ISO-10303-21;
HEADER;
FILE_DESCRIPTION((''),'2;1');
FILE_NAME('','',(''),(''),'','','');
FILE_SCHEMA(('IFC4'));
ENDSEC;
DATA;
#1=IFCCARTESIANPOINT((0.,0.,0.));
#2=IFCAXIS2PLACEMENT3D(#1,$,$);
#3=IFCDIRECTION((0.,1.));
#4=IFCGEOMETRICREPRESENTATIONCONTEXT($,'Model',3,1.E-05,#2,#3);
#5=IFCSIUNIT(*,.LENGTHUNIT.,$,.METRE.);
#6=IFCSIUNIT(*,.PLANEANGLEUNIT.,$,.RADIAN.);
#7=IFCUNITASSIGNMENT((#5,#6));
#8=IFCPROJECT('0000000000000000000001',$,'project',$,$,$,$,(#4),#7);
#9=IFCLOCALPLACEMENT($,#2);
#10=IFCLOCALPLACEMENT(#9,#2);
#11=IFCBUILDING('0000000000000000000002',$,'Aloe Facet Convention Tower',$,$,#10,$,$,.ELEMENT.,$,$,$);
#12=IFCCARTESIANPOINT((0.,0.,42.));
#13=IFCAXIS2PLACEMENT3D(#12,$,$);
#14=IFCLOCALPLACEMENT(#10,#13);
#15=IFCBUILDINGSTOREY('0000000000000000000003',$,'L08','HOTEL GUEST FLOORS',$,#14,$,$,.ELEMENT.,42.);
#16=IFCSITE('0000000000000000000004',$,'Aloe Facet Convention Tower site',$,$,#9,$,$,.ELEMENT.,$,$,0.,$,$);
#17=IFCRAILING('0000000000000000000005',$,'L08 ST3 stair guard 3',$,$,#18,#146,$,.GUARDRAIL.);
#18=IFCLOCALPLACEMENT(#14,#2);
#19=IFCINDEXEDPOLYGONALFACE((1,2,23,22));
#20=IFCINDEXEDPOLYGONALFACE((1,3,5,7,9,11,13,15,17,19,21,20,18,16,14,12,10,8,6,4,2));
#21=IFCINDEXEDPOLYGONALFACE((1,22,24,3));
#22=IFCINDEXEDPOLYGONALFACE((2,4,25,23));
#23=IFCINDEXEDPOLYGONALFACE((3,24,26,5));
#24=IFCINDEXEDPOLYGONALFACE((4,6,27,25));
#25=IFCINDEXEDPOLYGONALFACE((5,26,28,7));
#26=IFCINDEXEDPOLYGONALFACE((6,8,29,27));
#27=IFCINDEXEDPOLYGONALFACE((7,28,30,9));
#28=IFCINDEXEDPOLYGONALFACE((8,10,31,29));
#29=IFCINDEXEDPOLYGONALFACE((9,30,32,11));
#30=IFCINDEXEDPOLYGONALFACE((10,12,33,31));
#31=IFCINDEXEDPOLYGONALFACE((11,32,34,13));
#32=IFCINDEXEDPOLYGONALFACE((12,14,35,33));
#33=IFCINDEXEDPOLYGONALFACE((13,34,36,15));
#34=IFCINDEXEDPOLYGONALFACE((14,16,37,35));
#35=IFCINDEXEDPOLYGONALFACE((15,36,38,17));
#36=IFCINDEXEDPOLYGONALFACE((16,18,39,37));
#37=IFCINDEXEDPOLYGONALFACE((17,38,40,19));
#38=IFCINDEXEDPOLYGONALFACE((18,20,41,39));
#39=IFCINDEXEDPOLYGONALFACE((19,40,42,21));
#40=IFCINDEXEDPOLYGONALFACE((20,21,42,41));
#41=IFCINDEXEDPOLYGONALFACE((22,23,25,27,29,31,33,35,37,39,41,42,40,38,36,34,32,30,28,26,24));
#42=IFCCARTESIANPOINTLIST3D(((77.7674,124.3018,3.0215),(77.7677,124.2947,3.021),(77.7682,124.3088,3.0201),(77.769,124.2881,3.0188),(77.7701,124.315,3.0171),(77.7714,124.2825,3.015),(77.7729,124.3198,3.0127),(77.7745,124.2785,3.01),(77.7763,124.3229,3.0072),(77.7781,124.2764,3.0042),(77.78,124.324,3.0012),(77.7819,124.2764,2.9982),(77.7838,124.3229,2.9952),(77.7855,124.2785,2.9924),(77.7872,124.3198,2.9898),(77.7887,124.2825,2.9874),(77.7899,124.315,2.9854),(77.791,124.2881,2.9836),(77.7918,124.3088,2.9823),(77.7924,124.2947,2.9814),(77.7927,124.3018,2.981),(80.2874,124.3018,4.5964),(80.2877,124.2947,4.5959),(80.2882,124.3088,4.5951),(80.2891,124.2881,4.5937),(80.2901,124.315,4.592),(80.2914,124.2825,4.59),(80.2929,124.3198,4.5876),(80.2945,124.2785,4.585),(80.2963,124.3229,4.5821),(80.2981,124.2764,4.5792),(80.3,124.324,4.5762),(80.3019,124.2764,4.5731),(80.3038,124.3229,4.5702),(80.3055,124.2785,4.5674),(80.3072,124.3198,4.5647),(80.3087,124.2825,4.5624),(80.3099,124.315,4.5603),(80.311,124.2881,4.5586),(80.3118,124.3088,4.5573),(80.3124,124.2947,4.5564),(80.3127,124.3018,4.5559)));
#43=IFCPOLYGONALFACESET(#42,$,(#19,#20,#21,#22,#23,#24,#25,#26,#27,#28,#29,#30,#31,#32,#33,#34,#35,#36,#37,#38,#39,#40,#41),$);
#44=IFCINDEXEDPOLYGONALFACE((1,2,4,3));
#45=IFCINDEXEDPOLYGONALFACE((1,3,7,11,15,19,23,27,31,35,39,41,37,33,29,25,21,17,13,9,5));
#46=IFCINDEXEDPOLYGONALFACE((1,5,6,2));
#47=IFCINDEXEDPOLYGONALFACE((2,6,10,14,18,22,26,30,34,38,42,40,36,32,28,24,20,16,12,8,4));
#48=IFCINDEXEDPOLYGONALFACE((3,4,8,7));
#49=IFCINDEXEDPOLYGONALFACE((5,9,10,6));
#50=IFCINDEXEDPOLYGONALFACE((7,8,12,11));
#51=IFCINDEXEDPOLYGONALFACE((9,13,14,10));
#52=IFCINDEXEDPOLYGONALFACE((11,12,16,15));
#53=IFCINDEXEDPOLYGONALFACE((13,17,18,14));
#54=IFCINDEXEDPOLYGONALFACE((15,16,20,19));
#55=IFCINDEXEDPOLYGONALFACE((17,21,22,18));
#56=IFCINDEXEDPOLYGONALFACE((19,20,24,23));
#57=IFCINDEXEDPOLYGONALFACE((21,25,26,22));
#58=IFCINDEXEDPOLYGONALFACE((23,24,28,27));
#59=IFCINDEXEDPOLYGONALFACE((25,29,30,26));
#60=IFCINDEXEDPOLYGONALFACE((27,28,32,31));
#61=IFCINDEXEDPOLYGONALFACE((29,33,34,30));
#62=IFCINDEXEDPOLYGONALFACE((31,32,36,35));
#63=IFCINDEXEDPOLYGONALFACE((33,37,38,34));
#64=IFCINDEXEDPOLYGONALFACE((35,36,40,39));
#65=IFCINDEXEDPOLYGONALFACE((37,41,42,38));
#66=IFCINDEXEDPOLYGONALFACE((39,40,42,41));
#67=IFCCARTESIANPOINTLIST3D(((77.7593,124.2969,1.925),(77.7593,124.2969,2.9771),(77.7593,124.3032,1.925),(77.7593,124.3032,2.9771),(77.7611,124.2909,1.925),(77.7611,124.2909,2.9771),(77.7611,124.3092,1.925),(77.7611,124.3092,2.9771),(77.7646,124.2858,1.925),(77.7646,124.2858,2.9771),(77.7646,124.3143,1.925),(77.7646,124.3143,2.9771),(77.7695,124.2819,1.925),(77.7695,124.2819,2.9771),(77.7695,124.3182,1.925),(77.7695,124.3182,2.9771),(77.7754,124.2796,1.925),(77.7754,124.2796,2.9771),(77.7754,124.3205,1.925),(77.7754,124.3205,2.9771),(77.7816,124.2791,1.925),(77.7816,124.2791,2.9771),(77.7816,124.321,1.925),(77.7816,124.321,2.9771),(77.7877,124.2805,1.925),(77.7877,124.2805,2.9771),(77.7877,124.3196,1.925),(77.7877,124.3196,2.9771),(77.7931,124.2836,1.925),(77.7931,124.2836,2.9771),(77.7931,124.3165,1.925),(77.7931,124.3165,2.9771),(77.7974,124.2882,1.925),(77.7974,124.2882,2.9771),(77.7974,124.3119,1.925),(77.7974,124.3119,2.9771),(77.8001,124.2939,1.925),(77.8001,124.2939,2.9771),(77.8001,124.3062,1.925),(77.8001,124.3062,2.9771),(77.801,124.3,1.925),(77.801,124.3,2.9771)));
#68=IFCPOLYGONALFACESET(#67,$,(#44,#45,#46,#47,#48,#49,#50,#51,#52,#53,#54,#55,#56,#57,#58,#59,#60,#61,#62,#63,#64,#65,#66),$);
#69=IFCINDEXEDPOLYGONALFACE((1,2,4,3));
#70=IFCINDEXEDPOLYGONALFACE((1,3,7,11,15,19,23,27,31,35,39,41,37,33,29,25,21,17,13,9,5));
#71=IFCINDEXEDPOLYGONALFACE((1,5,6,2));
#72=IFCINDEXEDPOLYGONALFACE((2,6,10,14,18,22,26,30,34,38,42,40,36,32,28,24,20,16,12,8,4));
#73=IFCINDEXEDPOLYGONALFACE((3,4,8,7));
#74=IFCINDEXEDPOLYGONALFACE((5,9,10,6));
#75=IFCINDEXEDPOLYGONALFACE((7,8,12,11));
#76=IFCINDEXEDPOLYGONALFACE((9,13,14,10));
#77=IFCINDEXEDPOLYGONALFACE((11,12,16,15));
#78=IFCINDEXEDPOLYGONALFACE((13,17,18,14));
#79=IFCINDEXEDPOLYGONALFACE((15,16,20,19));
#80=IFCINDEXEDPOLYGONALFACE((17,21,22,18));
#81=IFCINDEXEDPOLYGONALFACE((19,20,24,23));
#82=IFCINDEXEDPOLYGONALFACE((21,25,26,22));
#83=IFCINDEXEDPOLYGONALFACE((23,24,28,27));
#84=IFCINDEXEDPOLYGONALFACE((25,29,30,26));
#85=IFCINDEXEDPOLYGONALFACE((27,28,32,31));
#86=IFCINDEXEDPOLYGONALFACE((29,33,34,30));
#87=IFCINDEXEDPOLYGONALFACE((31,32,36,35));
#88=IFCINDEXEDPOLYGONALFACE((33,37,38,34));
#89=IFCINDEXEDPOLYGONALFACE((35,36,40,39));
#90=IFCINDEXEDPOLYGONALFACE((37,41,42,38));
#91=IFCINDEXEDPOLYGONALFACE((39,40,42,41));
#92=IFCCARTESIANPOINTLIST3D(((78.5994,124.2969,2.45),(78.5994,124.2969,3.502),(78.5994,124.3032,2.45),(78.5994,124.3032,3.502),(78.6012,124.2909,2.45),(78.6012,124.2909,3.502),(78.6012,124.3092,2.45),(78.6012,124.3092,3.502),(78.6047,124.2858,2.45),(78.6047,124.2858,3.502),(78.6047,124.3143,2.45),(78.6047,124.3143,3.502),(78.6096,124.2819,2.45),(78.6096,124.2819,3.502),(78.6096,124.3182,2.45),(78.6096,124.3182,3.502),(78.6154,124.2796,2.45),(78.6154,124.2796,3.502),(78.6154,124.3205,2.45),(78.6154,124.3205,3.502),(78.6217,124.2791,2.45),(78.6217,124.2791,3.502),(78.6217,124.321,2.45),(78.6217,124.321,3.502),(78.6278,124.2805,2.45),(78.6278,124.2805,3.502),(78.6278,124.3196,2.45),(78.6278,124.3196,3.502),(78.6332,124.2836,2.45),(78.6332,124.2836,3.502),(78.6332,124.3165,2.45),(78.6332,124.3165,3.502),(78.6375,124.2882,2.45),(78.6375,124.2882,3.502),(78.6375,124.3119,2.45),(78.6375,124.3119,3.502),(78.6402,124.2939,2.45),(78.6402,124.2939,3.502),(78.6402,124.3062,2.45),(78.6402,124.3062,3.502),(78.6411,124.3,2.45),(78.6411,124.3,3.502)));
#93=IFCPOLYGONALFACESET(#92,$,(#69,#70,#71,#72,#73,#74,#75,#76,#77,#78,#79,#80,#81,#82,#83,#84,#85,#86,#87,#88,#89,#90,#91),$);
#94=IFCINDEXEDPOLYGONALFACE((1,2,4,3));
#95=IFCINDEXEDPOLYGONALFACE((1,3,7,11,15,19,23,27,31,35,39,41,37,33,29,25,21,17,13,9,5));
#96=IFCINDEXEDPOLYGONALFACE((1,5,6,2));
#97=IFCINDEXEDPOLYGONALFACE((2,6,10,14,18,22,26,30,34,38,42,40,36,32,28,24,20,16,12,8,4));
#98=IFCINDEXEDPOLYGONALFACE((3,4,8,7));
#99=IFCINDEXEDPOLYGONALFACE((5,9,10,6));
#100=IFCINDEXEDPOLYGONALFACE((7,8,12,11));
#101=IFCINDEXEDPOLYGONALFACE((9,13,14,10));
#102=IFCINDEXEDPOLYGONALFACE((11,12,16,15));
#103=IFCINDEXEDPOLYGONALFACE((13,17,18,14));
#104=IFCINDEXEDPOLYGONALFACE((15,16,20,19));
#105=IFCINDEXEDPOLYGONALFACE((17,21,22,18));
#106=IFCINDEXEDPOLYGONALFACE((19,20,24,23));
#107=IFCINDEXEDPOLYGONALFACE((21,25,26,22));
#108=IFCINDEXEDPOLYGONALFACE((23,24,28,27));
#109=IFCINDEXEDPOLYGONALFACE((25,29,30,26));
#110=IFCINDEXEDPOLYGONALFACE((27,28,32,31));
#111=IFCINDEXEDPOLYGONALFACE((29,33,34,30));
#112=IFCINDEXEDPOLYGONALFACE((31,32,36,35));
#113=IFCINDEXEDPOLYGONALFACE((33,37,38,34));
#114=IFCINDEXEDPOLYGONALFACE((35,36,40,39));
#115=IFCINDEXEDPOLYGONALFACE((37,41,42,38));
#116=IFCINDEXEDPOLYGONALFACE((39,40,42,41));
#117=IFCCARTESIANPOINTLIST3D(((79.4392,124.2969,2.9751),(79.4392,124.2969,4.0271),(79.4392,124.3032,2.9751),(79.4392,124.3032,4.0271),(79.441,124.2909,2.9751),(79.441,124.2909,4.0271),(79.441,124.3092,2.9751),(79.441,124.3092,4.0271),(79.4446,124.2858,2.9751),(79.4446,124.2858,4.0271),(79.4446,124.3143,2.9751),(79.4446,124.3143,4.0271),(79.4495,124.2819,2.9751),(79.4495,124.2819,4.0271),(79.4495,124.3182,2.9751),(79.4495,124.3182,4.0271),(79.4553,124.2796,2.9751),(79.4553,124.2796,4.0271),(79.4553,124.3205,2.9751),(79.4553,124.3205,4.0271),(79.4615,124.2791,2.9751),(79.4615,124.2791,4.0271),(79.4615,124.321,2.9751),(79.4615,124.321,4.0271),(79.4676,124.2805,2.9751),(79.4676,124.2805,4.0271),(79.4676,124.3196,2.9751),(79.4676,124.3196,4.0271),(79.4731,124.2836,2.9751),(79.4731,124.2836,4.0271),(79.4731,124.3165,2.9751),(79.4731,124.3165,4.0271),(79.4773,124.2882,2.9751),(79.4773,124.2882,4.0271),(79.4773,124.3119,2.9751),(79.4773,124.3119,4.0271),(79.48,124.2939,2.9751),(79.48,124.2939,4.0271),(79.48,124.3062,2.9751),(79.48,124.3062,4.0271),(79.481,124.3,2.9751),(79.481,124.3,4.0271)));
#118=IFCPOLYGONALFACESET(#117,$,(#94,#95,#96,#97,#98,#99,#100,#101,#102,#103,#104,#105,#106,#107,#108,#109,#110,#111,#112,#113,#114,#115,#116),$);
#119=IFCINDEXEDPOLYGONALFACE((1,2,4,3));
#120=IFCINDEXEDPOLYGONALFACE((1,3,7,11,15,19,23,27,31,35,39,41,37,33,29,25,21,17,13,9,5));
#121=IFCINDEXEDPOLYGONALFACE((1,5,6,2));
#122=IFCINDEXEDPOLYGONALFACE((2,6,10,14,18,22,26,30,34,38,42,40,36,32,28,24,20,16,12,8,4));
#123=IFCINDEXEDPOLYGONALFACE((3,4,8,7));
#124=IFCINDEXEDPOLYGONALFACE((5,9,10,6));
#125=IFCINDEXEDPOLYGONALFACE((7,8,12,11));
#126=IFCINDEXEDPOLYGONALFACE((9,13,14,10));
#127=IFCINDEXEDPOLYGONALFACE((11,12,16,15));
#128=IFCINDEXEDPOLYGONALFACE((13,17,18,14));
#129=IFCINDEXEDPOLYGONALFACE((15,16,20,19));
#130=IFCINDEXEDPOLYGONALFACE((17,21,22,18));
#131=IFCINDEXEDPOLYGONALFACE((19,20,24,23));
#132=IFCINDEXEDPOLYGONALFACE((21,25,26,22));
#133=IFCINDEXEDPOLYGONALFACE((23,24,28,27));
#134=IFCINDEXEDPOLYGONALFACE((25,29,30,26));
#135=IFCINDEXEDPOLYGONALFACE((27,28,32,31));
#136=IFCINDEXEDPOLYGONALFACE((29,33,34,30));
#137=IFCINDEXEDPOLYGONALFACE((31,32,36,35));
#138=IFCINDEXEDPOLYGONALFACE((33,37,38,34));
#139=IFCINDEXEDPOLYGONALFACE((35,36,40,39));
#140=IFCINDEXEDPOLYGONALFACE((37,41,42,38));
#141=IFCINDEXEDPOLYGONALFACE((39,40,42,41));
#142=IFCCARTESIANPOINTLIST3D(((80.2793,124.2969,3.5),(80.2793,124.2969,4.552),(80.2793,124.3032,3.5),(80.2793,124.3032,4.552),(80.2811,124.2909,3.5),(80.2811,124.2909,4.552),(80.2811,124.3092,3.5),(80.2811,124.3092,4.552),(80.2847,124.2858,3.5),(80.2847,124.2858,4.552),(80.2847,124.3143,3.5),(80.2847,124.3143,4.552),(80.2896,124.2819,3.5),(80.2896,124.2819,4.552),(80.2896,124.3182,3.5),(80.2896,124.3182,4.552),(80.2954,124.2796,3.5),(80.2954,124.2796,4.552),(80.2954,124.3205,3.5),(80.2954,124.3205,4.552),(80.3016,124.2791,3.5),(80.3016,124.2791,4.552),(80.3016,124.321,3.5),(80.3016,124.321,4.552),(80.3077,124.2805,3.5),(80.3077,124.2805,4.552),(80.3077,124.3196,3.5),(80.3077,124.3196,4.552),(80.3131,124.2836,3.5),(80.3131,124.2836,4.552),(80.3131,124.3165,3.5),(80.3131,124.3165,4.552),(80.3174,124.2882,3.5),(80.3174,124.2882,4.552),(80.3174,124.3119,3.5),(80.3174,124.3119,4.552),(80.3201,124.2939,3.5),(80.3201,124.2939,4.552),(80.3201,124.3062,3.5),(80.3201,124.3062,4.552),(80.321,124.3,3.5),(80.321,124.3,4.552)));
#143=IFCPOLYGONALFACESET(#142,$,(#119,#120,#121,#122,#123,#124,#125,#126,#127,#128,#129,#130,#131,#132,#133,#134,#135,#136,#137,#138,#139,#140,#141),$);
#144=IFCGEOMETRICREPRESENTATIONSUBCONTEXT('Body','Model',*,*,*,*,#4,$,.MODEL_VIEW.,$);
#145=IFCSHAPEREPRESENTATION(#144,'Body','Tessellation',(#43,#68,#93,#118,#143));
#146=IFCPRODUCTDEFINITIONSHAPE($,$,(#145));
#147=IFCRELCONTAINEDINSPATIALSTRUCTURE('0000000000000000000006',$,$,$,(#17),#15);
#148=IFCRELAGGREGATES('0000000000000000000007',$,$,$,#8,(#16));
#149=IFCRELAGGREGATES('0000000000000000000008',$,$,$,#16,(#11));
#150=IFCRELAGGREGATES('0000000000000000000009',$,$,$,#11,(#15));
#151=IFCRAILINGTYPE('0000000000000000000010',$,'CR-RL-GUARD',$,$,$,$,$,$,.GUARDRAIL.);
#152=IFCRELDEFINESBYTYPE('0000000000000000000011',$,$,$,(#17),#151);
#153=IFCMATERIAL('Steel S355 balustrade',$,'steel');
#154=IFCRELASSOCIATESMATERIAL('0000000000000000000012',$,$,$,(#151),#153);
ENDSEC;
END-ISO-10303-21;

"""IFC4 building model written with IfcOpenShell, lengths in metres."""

from ifc_helpers import new_model, si_unit, direction, frame, origin, origin_2d, place, context, subcontext, project, spatial, circle, extrude, material, type_object, element, save


model = new_model("IFC4")

# Units and contexts
model_context = context("Model", 3, precision=1e-05, world=origin(), true_north=direction((0.0, 1.0)))
body_context = subcontext(model_context, "Body", "Model", "MODEL_VIEW")
ifc_project = project(units=[si_unit("LENGTHUNIT", "METRE"), si_unit("PLANEANGLEUNIT", "RADIAN")], contexts=[model_context])

# Site, building, storey
site_placement = place(None, origin())
site = spatial("IfcSite", under=ifc_project, at=site_placement, Name="Aloe Facet Convention Tower site", CompositionType="ELEMENT", RefElevation=0.0)
building_placement = place(site_placement, origin())
building = spatial("IfcBuilding", under=site, at=building_placement, Name="Aloe Facet Convention Tower", CompositionType="ELEMENT")
storey_placement = place(building_placement, frame((0.0, 0.0, 42.0)))
storey = spatial("IfcBuildingStorey", under=building, at=storey_placement, Name="L08", Description="HOTEL GUEST FLOORS", CompositionType="ELEMENT", Elevation=42.0)

# Railing
ifc_material_1 = material(Name="Steel S355 balustrade", Category="steel")
railing_type_1 = type_object("IfcRailingType", Name="CR-RL-GUARD", PredefinedType="GUARDRAIL", material=ifc_material_1)
railing_1_placement = place(storey_placement, frame((77.78, 124.3, 1.925)))
element("IfcRailing", 1, at=railing_1_placement, inside=storey, type_object=railing_type_1, Name="L08 ST3 stair guard 3", PredefinedType="GUARDRAIL", context=body_context, shape_type="SweptSolid", body=[
    extrude(circle(Radius=0.0239, at=origin_2d()), frame((0.0, 0.0, 1.0762), z_axis=(0.848008, 0.0, 0.529984), x_axis=(0.0, 1.0, 0.0)), (0.0, 0.0, 1.0), 2.9717),
    extrude(circle(Radius=0.021, at=origin_2d()), origin(), (0.0, 0.0, 1.0), 1.052),
    extrude(circle(Radius=0.021, at=origin_2d()), frame((0.8401, 0.0, 0.5249)), (0.0, 0.0, 1.0), 1.052),
    extrude(circle(Radius=0.021, at=origin_2d()), frame((1.6799, 0.0, 1.05)), (0.0, 0.0, 1.0), 1.052),
    extrude(circle(Radius=0.021, at=origin_2d()), frame((2.52, 0.0, 1.575)), (0.0, 0.0, 1.0), 1.052),
])

save(model, "model.ifc")
